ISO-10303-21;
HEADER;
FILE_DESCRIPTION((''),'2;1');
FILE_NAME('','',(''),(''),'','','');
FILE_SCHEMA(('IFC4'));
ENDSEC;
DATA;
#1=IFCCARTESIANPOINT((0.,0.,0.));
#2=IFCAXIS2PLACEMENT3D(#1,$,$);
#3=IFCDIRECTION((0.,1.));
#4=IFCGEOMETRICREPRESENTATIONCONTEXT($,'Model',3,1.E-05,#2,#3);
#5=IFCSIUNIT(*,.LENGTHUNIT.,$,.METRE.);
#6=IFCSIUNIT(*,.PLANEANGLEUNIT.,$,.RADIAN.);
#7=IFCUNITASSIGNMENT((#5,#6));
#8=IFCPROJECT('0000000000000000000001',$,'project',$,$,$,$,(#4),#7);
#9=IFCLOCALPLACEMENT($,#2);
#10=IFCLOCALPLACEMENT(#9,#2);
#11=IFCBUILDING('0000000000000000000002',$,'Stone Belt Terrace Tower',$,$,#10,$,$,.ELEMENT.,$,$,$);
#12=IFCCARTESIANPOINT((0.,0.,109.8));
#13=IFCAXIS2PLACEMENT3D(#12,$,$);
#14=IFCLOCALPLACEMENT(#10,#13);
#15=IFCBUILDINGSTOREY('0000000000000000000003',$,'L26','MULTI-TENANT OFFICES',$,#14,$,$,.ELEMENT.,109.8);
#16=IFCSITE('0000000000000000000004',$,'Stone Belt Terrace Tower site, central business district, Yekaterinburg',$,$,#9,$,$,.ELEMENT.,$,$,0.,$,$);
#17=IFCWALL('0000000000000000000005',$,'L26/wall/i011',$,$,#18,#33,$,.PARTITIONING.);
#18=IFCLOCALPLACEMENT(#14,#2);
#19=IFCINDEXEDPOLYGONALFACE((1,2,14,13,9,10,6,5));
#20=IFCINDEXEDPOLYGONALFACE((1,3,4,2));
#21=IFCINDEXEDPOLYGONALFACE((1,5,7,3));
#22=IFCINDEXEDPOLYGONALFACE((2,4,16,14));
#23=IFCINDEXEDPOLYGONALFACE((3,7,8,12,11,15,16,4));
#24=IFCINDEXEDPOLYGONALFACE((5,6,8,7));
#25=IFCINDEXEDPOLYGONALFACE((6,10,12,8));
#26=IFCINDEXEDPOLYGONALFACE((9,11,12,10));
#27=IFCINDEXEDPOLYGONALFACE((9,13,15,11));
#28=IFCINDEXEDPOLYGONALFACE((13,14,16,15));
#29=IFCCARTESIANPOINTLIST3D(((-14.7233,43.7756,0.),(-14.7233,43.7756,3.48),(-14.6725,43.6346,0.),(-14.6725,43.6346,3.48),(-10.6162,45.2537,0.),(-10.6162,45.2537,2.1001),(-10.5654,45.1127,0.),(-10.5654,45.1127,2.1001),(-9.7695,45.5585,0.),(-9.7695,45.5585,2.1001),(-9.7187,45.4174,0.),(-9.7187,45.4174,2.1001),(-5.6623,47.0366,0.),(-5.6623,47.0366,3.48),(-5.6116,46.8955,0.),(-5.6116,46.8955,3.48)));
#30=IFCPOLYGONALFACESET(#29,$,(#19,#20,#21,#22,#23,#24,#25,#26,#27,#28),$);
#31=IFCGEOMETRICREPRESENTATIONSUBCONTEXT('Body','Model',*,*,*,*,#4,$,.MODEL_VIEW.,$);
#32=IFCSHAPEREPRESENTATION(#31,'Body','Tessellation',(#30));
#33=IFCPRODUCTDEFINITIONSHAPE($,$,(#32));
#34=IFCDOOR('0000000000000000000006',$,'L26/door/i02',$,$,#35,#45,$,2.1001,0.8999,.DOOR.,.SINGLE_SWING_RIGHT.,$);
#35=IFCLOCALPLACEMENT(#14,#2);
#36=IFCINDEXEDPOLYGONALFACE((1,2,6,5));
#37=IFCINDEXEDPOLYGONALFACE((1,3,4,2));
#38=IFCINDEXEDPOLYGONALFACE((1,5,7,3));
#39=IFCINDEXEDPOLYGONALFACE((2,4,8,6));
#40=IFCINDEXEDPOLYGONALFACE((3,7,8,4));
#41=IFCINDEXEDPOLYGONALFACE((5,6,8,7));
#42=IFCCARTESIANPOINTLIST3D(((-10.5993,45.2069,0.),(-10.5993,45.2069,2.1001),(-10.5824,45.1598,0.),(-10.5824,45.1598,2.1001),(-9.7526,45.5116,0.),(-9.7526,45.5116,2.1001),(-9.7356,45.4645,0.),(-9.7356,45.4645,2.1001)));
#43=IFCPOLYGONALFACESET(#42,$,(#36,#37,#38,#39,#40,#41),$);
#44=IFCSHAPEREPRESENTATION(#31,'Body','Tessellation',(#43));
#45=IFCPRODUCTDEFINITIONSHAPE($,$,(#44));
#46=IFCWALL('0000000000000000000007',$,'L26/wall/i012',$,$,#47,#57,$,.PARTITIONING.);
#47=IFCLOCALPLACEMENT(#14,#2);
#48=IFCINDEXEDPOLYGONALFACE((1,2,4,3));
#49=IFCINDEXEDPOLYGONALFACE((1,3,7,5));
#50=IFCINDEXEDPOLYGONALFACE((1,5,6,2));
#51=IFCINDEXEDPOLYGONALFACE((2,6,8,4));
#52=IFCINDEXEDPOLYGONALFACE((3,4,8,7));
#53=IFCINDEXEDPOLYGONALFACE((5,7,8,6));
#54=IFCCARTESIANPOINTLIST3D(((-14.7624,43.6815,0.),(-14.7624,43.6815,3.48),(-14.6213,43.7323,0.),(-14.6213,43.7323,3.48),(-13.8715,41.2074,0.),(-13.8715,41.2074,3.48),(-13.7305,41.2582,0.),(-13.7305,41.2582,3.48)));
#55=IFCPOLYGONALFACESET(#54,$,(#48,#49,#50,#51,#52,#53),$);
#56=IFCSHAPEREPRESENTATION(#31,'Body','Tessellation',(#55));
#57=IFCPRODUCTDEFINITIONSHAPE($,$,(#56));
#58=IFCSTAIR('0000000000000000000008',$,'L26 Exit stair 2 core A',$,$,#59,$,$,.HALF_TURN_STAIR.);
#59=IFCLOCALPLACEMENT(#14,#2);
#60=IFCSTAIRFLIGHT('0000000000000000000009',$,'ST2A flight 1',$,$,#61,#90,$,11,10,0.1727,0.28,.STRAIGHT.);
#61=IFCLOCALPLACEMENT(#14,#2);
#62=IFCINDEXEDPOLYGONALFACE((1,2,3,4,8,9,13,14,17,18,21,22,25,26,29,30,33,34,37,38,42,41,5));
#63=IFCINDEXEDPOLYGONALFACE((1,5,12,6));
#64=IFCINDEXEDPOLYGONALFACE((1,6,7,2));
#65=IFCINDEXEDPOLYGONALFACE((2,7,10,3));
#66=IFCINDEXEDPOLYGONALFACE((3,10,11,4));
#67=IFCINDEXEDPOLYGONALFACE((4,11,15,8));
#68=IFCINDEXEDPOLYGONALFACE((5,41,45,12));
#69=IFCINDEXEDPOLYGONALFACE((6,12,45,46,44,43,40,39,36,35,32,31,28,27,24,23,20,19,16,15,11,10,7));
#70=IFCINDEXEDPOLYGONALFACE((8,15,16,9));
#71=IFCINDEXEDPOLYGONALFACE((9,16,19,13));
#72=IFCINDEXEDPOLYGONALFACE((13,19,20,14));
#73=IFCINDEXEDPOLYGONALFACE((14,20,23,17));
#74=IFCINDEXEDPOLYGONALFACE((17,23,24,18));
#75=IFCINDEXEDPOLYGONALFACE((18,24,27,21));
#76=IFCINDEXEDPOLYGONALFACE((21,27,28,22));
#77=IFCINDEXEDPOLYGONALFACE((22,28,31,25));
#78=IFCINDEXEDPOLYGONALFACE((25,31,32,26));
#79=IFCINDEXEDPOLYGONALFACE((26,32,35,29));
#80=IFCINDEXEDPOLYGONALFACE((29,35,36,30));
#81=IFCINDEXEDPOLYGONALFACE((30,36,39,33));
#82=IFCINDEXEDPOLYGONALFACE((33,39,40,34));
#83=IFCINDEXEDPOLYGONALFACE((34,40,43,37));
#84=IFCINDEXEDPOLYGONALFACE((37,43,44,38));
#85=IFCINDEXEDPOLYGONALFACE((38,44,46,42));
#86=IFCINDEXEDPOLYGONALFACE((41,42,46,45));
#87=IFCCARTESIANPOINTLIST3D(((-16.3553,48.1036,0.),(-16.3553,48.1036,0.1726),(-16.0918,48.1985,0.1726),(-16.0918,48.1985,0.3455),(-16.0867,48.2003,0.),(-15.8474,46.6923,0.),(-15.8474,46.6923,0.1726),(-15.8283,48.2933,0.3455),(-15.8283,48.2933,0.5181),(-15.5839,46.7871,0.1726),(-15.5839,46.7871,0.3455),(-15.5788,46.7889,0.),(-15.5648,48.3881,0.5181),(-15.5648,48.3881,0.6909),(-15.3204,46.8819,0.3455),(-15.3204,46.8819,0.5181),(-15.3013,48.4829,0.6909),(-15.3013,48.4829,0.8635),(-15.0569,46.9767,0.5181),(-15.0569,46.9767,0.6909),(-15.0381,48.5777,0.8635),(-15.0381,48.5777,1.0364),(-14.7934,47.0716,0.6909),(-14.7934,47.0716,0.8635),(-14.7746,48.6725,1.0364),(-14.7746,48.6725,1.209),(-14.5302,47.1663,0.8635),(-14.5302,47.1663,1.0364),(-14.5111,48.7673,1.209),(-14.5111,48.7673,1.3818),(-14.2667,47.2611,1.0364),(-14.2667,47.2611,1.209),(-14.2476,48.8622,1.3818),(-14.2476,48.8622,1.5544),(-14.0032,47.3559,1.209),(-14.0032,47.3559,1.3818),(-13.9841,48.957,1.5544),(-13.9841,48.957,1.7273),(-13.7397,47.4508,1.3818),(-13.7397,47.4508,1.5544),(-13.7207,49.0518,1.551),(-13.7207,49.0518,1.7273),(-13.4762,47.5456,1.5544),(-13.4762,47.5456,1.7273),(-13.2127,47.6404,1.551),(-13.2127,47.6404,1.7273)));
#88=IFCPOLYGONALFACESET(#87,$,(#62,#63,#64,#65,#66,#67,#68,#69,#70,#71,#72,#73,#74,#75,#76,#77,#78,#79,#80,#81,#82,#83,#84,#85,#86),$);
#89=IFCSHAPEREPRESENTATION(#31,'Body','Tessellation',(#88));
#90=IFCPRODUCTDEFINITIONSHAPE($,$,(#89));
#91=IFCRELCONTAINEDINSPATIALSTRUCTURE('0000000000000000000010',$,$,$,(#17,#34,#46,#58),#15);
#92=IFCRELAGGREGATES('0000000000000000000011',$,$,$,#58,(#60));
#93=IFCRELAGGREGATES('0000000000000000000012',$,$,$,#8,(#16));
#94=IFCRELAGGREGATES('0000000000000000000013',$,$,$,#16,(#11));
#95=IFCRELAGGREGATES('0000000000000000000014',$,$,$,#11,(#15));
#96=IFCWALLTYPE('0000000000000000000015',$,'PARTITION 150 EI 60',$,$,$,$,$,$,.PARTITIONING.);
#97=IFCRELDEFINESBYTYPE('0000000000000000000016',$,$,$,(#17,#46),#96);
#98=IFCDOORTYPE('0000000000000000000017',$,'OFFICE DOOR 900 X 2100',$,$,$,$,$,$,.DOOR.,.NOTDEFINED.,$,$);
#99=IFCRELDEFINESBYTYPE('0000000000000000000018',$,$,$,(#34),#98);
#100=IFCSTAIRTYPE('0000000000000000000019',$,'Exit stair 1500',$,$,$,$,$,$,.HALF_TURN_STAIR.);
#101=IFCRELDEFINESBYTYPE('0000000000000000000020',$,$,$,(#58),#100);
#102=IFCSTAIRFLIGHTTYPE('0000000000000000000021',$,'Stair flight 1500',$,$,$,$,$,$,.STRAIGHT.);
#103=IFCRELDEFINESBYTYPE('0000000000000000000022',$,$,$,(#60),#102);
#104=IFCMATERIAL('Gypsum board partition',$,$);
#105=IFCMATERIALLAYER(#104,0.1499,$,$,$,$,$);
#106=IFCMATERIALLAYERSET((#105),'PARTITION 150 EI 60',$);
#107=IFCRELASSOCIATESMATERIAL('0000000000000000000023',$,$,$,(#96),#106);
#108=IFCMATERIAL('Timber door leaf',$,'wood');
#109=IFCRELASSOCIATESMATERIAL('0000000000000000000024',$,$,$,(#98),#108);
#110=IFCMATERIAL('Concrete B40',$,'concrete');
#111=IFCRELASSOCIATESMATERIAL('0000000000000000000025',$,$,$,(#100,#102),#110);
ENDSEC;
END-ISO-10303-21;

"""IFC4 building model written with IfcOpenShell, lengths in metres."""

from ifc_helpers import new_model, si_unit, direction, frame, frame_2d, origin, place, context, subcontext, project, spatial, polyline, rectangle, outline, extrude, material, layer, layer_set, type_object, element, fill, aggregate, save


model = new_model("IFC4")

# Units and contexts
model_context = context("Model", 3, precision=1e-05, world=origin(), true_north=direction((0.0, 1.0)))
body_context = subcontext(model_context, "Body", "Model", "MODEL_VIEW")
ifc_project = project(units=[si_unit("LENGTHUNIT", "METRE"), si_unit("PLANEANGLEUNIT", "RADIAN")], contexts=[model_context])

# Site, building, storey
site_placement = place(None, origin())
site = spatial("IfcSite", under=ifc_project, at=site_placement, Name="Stone Belt Terrace Tower site, central business district, Yekaterinburg", CompositionType="ELEMENT", RefElevation=0.0)
building_placement = place(site_placement, origin())
building = spatial("IfcBuilding", under=site, at=building_placement, Name="Stone Belt Terrace Tower", CompositionType="ELEMENT")
storey_placement = place(building_placement, frame((0.0, 0.0, 109.8)))
storey = spatial("IfcBuildingStorey", under=building, at=storey_placement, Name="L26", Description="MULTI-TENANT OFFICES", CompositionType="ELEMENT", Elevation=109.8)

# Shared definitions
ifc_material_1 = material(Name="Gypsum board partition")
ifc_layer_1 = layer(ifc_material_1, 0.1499)
ifc_layer_set_1 = layer_set([ifc_layer_1], Name="PARTITION 150 EI 60")
wall_type = type_object("IfcWallType", Name="PARTITION 150 EI 60", PredefinedType="PARTITIONING", material=ifc_layer_set_1)

# Wall, opening, door
ifc_material_2 = material(Name="Timber door leaf", Category="wood")
door_type = type_object("IfcDoorType", Name="OFFICE DOOR 900 X 2100", OperationType="NOTDEFINED", PredefinedType="DOOR", material=ifc_material_2)
wall_1_placement = place(storey_placement, frame((-5.637, 46.9661, 0.0), z_axis=(0.0, 0.0, 1.0), x_axis=(-0.94092, -0.338629, 0.0)))
wall_1 = element("IfcWall", 1, at=wall_1_placement, inside=storey, type_object=wall_type, Name="L26/wall/i011", PredefinedType="PARTITIONING", context=body_context, shape_type="SweptSolid", body=[
    extrude(rectangle(XDim=9.6299, YDim=0.1499, at=frame_2d((4.8149, 0.0))), origin(), (0.0, 0.0, 1.0), 3.48),
])
opening_1_placement = place(wall_1_placement, frame((4.365, 0.0, 0.0)))
opening_1 = element("IfcOpeningElement", 2, at=opening_1_placement, cuts=wall_1, PredefinedType="OPENING", context=body_context, shape_type="SweptSolid", body=[
    extrude(rectangle(XDim=0.8999, YDim=2.1001, at=frame_2d((0.45, 1.05))), frame((0.0, 0.085, 0.0), z_axis=(0.0, -1.0, 0.0), x_axis=(1.0, 0.0, 0.0)), (0.0, 0.0, 1.0), 0.1699),
])
door_1_placement = place(opening_1_placement, origin())
door_1 = element("IfcDoor", 3, at=door_1_placement, inside=storey, type_object=door_type, Name="L26/door/i02", OperationType="SINGLE_SWING_RIGHT", OverallHeight=2.1001, OverallWidth=0.8999, PredefinedType="DOOR", context=body_context, shape_type="SweptSolid", body=[
    extrude(rectangle(XDim=0.8999, YDim=2.1001, at=frame_2d((0.45, 1.05))), frame((0.0, 0.0249, 0.0), z_axis=(0.0, -1.0, 0.0), x_axis=(1.0, 0.0, 0.0)), (0.0, 0.0, 1.0), 0.05),
])
fill(opening_1, door_1)

# Wall
wall_2_placement = place(storey_placement, frame((-14.6919, 43.707, 0.0), z_axis=(0.0, 0.0, 1.0), x_axis=(0.338782, -0.940865, 0.0)))
element("IfcWall", 4, at=wall_2_placement, inside=storey, type_object=wall_type, Name="L26/wall/i012", PredefinedType="PARTITIONING", context=body_context, shape_type="SweptSolid", body=[
    extrude(rectangle(XDim=2.6296, YDim=0.1499, at=frame_2d((1.3149, 0.0))), origin(), (0.0, 0.0, 1.0), 3.48),
])

# Stair, stair flight
ifc_material_3 = material(Name="Concrete B40", Category="concrete")
stair_type = type_object("IfcStairType", Name="Exit stair 1500", PredefinedType="HALF_TURN_STAIR", material=ifc_material_3)
stair_placement = place(storey_placement, origin())
stair = element("IfcStair", 5, at=stair_placement, inside=storey, type_object=stair_type, Name="L26 Exit stair 2 core A", PredefinedType="HALF_TURN_STAIR")
stair_flight_type = type_object("IfcStairFlightType", Name="Stair flight 1500", PredefinedType="STRAIGHT", material=ifc_material_3)
stair_flight_placement = place(storey_placement, frame((-16.1013, 47.3979, 0.0), z_axis=(0.0, 0.0, 1.0), x_axis=(0.940922, 0.338624, 0.0)))
stair_flight = element("IfcStairFlight", 6, at=stair_flight_placement, type_object=stair_flight_type, Name="ST2A flight 1", NumberOfRisers=11, NumberOfTreads=10, PredefinedType="STRAIGHT", RiserHeight=0.1727, TreadLength=0.28, context=body_context, shape_type="SweptSolid", body=[
    extrude(outline(polyline([(0.0, 0.0), (0.0, 0.1726), (0.28, 0.1726), (0.28, 0.3455), (0.5601, 0.3455), (0.5601, 0.5181), (0.8401, 0.5181), (0.8401, 0.6909), (1.1201, 0.6909), (1.1201, 0.8635), (1.3999, 0.8635), (1.3999, 1.0364), (1.6799, 1.0364), (1.6799, 1.209), (1.96, 1.209), (1.96, 1.3818), (2.24, 1.3818), (2.24, 1.5544), (2.52, 1.5544), (2.52, 1.7273), (2.8, 1.7273), (2.8, 1.8999), (2.8, 1.551), (0.2854, 0.0), (0.0, 0.0)])), frame((0.0, 0.75, 0.0), z_axis=(0.0, -1.0, 0.0), x_axis=(1.0, 0.0, 0.0)), (0.0, 0.0, 1.0), 1.5),
])
aggregate(stair, [stair_flight])

save(model, "model.ifc")
